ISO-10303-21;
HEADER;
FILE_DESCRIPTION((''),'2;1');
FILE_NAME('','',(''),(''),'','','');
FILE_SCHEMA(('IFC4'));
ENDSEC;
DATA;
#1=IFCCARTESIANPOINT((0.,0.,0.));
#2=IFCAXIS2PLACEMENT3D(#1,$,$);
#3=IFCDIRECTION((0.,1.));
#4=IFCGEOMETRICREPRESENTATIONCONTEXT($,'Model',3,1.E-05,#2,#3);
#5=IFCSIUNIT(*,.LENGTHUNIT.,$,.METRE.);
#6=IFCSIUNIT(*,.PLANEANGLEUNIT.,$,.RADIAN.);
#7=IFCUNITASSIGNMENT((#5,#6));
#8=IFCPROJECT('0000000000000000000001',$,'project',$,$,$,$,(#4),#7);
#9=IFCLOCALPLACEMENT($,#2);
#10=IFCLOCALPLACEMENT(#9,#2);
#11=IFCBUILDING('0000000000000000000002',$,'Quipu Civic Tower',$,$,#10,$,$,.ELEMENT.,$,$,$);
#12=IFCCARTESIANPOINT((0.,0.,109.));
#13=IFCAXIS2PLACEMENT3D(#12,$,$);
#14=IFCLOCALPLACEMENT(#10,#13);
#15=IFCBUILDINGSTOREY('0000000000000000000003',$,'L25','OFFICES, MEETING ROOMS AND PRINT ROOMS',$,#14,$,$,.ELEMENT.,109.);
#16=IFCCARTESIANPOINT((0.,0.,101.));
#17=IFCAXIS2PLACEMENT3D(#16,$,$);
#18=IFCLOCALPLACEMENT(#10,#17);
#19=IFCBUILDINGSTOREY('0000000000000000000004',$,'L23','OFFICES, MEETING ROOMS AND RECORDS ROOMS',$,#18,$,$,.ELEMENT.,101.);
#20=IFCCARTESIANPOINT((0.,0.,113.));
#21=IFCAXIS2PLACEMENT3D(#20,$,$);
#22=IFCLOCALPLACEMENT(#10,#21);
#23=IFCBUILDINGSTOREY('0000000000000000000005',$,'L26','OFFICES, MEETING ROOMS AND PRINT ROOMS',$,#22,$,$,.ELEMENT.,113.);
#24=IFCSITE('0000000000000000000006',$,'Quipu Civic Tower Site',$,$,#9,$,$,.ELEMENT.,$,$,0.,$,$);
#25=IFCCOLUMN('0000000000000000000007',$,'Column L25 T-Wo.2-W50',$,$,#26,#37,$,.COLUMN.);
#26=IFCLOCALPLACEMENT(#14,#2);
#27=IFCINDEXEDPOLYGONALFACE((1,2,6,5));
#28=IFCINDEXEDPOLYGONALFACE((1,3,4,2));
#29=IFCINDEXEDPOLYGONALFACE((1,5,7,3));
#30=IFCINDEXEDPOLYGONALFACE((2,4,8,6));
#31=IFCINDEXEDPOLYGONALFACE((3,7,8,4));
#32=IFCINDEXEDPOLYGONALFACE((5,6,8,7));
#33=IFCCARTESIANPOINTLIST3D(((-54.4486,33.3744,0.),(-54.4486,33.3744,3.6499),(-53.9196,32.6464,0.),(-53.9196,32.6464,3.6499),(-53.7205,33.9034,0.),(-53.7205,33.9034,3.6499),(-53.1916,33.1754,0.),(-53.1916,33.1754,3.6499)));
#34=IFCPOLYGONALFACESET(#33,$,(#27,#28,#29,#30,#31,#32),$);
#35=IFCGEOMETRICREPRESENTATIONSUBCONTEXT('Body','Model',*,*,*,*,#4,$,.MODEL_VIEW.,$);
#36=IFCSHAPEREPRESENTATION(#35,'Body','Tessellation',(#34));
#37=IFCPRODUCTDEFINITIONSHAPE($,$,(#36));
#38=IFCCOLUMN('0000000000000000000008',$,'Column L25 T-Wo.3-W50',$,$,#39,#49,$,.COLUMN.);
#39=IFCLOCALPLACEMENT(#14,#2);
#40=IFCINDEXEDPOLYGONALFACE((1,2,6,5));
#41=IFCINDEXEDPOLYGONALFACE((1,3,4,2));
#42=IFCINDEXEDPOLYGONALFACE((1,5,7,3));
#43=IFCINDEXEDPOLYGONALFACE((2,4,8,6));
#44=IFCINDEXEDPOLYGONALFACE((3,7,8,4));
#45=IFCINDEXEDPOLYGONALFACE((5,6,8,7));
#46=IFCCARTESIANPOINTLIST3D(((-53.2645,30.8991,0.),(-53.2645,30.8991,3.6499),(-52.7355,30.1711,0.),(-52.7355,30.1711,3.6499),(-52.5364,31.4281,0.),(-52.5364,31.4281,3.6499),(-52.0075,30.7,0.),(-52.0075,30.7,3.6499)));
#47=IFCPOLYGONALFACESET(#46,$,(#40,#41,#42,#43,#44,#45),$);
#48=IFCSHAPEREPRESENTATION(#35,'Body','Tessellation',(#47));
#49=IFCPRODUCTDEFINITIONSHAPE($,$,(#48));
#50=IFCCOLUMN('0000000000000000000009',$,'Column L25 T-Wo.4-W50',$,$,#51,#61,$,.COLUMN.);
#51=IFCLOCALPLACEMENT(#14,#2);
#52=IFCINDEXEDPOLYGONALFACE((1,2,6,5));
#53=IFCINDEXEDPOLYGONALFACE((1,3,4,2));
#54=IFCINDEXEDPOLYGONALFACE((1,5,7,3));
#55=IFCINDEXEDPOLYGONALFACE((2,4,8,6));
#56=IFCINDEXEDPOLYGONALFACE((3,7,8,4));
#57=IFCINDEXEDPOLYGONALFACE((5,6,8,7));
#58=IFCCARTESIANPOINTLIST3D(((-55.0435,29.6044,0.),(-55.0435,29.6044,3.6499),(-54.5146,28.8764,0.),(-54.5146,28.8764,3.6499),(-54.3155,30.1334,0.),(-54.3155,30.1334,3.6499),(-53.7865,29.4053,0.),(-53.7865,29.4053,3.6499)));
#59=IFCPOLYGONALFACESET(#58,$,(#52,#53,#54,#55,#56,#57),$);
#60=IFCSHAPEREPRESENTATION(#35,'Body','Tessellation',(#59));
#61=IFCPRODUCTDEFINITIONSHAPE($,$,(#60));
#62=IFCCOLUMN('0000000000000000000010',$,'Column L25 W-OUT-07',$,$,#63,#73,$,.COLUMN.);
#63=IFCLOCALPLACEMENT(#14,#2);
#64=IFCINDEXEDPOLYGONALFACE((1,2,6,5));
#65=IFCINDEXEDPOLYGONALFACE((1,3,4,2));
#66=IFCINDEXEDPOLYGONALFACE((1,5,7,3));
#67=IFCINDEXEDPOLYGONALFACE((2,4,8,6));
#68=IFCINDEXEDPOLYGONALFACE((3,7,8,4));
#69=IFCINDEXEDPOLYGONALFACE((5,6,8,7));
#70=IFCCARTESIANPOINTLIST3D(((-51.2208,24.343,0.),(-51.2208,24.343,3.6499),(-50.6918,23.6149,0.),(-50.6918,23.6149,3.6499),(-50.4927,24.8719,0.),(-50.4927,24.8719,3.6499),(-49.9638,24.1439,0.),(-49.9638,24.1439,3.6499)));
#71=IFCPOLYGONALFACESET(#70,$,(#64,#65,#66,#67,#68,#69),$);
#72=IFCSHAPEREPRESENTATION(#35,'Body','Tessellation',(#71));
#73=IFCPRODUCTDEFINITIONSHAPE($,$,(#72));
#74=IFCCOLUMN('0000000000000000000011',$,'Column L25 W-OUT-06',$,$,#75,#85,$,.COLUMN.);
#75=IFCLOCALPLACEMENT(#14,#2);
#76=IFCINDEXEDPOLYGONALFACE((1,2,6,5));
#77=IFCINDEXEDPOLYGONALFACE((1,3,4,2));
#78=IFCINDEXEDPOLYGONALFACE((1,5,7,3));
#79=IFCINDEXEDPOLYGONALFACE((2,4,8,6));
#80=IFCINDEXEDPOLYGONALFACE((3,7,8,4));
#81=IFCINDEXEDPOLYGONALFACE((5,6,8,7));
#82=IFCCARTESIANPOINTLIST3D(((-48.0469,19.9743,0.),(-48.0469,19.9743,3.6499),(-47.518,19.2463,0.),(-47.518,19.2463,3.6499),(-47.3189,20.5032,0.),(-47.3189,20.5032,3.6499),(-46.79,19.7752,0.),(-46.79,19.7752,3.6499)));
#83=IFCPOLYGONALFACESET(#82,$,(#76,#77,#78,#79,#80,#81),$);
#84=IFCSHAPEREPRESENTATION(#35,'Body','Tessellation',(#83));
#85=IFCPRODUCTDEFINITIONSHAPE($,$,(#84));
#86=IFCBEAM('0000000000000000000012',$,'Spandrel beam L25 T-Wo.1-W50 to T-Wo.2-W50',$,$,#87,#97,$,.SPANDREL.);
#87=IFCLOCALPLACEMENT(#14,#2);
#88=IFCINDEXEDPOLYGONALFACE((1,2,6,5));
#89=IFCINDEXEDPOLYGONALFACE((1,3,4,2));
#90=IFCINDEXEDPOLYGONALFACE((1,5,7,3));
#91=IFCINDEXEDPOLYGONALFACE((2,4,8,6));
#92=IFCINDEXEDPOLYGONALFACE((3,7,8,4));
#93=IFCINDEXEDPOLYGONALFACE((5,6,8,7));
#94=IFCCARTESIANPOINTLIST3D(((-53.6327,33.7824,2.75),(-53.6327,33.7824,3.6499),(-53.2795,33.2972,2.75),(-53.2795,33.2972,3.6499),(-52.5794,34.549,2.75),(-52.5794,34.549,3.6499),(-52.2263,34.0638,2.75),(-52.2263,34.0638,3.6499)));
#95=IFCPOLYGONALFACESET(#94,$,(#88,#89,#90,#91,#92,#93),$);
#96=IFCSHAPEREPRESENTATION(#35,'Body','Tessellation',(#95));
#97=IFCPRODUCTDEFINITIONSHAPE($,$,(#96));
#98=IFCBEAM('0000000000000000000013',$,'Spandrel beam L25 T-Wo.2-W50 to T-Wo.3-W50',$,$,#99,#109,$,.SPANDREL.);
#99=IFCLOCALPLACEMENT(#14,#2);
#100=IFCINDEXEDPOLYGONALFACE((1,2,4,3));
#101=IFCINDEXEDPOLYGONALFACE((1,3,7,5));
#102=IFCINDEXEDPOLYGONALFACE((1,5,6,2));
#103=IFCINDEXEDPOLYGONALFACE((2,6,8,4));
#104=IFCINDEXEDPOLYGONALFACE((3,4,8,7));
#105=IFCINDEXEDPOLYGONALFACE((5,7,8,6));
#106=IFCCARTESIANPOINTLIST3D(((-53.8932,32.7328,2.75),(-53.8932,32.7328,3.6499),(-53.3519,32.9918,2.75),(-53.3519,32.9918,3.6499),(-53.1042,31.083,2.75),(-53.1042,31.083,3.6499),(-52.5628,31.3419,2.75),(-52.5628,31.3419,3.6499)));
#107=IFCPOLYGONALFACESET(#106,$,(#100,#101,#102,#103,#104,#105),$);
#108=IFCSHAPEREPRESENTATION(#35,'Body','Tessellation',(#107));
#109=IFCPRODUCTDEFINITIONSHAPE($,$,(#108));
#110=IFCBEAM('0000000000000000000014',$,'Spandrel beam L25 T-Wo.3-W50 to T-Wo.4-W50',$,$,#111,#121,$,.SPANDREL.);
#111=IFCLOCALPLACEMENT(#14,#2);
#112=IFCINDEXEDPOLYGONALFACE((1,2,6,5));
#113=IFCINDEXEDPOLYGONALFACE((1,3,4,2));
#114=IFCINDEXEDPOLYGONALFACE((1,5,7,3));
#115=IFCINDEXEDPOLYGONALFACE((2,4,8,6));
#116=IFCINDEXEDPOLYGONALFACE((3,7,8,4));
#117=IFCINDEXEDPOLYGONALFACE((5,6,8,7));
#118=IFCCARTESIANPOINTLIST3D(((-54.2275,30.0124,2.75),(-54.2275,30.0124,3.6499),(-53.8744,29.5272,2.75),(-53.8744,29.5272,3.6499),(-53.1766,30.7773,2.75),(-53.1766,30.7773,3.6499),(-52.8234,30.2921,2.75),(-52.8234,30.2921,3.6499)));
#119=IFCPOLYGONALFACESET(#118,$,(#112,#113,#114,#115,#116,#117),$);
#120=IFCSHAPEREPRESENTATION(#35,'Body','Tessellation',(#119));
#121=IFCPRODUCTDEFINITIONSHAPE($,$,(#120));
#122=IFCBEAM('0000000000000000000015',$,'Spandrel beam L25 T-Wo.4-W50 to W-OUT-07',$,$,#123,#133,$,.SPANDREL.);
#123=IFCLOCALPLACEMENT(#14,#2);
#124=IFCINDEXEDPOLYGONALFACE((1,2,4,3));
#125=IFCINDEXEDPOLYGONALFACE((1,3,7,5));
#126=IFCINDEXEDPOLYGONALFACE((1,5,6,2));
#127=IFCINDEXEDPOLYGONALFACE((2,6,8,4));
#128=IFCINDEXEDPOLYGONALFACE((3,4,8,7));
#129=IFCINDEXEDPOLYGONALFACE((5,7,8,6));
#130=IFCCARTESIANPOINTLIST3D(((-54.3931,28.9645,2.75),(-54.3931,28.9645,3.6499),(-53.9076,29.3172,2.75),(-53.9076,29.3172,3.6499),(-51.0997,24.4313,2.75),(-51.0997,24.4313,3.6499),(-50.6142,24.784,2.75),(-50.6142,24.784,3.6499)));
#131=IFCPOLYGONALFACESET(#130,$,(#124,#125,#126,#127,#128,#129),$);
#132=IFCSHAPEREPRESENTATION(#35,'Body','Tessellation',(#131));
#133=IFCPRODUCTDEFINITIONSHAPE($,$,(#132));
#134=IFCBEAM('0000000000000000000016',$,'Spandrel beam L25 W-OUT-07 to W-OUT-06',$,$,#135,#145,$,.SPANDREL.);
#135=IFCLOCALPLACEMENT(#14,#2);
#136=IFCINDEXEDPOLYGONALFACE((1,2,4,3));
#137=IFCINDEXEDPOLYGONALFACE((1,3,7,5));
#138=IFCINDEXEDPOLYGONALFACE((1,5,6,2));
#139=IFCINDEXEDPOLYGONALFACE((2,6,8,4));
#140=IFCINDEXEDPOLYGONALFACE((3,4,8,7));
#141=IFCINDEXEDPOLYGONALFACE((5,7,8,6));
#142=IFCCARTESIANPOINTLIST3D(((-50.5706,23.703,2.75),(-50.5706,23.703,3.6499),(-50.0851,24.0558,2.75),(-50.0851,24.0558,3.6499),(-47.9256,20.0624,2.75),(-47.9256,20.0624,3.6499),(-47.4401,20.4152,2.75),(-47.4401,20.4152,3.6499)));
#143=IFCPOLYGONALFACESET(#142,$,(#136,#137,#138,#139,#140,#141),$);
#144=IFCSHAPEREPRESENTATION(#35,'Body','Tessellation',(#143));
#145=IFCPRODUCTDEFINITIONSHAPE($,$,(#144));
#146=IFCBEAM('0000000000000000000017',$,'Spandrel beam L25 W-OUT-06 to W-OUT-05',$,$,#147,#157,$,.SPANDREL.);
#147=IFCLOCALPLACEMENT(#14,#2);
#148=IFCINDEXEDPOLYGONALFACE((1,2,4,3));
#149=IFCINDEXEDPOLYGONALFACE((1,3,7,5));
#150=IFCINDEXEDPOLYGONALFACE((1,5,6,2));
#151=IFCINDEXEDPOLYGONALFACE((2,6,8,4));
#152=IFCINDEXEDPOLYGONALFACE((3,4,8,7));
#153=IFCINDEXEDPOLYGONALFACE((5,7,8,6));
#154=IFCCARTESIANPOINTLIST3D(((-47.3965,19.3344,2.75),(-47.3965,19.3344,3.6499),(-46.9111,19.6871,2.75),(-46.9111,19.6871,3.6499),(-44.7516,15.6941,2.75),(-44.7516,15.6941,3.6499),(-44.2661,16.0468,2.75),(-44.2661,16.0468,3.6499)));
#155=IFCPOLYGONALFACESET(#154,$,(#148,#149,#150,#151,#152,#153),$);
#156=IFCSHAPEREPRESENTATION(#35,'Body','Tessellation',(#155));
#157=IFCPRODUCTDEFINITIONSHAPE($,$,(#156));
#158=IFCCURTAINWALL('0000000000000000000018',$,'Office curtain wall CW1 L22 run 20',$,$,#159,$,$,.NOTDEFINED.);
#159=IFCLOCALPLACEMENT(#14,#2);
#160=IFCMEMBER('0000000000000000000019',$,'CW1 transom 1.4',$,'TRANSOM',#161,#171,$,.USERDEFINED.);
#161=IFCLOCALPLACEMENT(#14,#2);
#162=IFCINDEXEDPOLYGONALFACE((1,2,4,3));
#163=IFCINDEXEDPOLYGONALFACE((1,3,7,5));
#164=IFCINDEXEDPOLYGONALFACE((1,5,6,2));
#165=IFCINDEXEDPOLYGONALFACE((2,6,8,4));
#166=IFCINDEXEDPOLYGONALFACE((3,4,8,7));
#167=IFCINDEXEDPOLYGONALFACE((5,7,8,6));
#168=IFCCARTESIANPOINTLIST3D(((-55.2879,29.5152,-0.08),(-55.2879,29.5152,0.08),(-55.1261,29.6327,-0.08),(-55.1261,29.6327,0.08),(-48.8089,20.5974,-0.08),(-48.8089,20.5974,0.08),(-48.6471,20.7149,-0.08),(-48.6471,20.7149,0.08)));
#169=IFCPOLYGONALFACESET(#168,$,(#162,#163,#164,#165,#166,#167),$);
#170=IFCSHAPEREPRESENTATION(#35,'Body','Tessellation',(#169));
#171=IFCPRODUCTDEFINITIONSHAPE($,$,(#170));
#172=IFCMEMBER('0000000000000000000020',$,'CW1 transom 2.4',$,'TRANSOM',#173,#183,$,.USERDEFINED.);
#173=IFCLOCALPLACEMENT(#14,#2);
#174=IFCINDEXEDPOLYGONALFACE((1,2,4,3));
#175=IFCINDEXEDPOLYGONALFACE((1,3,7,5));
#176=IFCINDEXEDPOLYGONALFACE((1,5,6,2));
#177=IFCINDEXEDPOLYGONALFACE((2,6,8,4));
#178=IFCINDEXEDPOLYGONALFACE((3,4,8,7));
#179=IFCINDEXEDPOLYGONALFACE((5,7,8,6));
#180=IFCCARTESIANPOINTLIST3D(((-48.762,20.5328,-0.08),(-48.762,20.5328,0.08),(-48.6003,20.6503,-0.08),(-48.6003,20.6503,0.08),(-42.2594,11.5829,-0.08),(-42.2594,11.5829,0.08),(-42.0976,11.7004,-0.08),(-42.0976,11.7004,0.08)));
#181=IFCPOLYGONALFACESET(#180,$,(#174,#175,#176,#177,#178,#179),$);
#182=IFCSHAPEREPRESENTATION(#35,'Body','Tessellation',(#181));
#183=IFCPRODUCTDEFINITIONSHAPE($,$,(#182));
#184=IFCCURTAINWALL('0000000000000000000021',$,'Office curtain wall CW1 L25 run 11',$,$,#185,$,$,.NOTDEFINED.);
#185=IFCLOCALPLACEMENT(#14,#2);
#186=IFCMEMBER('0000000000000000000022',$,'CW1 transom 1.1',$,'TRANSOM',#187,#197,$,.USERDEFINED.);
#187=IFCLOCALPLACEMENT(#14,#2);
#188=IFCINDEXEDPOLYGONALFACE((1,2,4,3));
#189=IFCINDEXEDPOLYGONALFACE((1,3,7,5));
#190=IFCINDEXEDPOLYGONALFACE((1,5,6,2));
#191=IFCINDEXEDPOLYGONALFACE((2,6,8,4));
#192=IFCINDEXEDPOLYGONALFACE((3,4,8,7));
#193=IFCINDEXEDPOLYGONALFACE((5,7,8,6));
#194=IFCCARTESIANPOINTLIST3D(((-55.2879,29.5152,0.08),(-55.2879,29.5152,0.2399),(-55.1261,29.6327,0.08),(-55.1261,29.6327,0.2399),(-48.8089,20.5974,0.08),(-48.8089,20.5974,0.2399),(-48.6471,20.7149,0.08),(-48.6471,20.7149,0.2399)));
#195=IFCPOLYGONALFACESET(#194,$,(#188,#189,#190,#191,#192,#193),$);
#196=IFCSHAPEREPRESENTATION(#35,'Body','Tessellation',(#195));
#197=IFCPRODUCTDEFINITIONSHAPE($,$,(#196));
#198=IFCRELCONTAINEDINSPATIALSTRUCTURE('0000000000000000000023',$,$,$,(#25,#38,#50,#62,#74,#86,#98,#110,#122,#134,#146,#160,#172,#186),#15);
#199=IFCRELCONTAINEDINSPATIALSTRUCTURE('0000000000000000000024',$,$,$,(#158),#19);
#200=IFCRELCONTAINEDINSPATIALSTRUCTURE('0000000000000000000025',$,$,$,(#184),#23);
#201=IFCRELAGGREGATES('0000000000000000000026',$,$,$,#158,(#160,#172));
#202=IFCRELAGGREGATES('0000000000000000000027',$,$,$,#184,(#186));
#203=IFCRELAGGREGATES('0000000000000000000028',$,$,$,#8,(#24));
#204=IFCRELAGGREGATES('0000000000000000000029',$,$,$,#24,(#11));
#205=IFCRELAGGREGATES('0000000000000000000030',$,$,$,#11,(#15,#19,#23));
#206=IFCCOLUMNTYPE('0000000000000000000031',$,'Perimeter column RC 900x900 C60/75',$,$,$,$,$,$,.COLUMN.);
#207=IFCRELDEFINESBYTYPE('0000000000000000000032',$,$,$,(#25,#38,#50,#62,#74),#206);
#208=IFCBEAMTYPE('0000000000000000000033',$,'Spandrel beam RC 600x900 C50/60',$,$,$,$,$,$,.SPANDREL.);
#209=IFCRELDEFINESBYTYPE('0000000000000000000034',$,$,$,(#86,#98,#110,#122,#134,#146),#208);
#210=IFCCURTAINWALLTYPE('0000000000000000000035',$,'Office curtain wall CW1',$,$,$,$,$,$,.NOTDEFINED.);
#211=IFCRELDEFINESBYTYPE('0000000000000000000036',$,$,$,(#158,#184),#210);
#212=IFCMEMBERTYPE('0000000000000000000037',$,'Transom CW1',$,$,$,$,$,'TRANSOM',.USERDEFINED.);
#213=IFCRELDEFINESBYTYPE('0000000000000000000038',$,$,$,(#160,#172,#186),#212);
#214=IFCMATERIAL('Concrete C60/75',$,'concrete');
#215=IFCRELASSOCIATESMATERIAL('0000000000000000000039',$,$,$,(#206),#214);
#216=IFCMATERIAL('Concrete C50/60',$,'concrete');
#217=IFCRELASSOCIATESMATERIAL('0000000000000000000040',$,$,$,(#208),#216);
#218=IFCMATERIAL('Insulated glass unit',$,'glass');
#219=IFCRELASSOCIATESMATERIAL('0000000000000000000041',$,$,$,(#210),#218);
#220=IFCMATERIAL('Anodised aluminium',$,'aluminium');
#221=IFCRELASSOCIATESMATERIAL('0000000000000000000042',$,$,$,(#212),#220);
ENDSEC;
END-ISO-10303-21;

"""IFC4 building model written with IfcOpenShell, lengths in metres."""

from ifc_helpers import new_model, si_unit, direction, frame, origin, origin_2d, place, context, subcontext, project, spatial, rectangle, extrude, material, material_profile, profile_set, type_object, element, aggregate, save


model = new_model("IFC4")

# Units and contexts
model_context = context("Model", 3, precision=1e-05, world=origin(), true_north=direction((0.0, 1.0)))
body_context = subcontext(model_context, "Body", "Model", "MODEL_VIEW")
ifc_project = project(units=[si_unit("LENGTHUNIT", "METRE"), si_unit("PLANEANGLEUNIT", "RADIAN")], contexts=[model_context])

# Site, building, storey
site_placement = place(None, origin())
site = spatial("IfcSite", under=ifc_project, at=site_placement, Name="Quipu Civic Tower Site", CompositionType="ELEMENT", RefElevation=0.0)
building_placement = place(site_placement, origin())
building = spatial("IfcBuilding", under=site, at=building_placement, Name="Quipu Civic Tower", CompositionType="ELEMENT")
storey_1_placement = place(building_placement, frame((0.0, 0.0, 109.0)))
storey_1 = spatial("IfcBuildingStorey", under=building, at=storey_1_placement, Name="L25", Description="OFFICES, MEETING ROOMS AND PRINT ROOMS", CompositionType="ELEMENT", Elevation=109.0)

# Columns
ifc_material_1 = material(Name="Concrete C60/75", Category="concrete")
ifc_material_profile_1 = material_profile(ifc_material_1, rectangle(XDim=0.8999, YDim=0.8999, at=origin_2d()), Name="RC900x900")
ifc_profile_set_1 = profile_set([ifc_material_profile_1], Name="Concrete C60/75")
column_type = type_object("IfcColumnType", Name="Perimeter column RC 900x900 C60/75", PredefinedType="COLUMN", material=ifc_profile_set_1)
for number, where, z_axis, x_axis, name in (
    (1, (-53.8201, 33.2749, 0.0), (0.0, 0.0, 1.0), (0.587785, -0.809017, 0.0), "Column L25 T-Wo.2-W50"),
    (2, (-52.636, 30.7996, 0.0), (0.0, 0.0, 1.0), (-0.809017, -0.587785, 0.0), "Column L25 T-Wo.3-W50"),
    (3, (-54.415, 29.5049, 0.0), (0.0, 0.0, 1.0), (0.587785, -0.809017, 0.0), "Column L25 T-Wo.4-W50"),
    (4, (-50.5923, 24.2434, 0.0), (0.0, 0.0, 1.0), (0.587785, -0.809017, 0.0), "Column L25 W-OUT-07"),
    (5, (-47.4185, 19.8748, 0.0), (0.0, 0.0, 1.0), (0.587785, -0.809017, 0.0), "Column L25 W-OUT-06"),
):
    element("IfcColumn", number, at=place(storey_1_placement, frame(where, z_axis=z_axis, x_axis=x_axis)), inside=storey_1, type_object=column_type, Name=name, PredefinedType="COLUMN", context=body_context, shape_type="SweptSolid", body=[
        extrude(rectangle(XDim=0.8999, YDim=0.8999, at=origin_2d()), origin(), (0.0, 0.0, 1.0), 3.6499),
    ])

# Beams
ifc_material_2 = material(Name="Concrete C50/60", Category="concrete")
ifc_material_profile_2 = material_profile(ifc_material_2, rectangle(XDim=0.6001, YDim=0.8999, at=origin_2d()), Name="RC600x900")
ifc_profile_set_2 = profile_set([ifc_material_profile_2], Name="Concrete C50/60")
beam_type = type_object("IfcBeamType", Name="Spandrel beam RC 600x900 C50/60", PredefinedType="SPANDREL", material=ifc_profile_set_2)
beam_1_placement = place(storey_1_placement, frame((-52.4028, 34.3064, 3.2), z_axis=(-0.808509, -0.588484, 0.0), x_axis=(0.588484, -0.808509, 0.0)))
element("IfcBeam", 6, at=beam_1_placement, inside=storey_1, type_object=beam_type, Name="Spandrel beam L25 T-Wo.1-W50 to T-Wo.2-W50", PredefinedType="SPANDREL", context=body_context, shape_type="SweptSolid", body=[
    extrude(rectangle(XDim=0.6001, YDim=0.8999, at=origin_2d()), origin(), (0.0, 0.0, 1.0), 1.3027),
])
beam_2_placement = place(storey_1_placement, frame((-53.6226, 32.8623, 3.2), z_axis=(0.431446, -0.902139, 0.0), x_axis=(0.902139, 0.431446, 0.0)))
element("IfcBeam", 7, at=beam_2_placement, inside=storey_1, type_object=beam_type, Name="Spandrel beam L25 T-Wo.2-W50 to T-Wo.3-W50", PredefinedType="SPANDREL", context=body_context, shape_type="SweptSolid", body=[
    extrude(rectangle(XDim=0.6001, YDim=0.8999, at=origin_2d()), origin(), (0.0, 0.0, 1.0), 1.8289),
])
beam_3_placement = place(storey_1_placement, frame((-53.0, 30.5347, 3.2), z_axis=(-0.808549, -0.588429, 0.0), x_axis=(0.588429, -0.808549, 0.0)))
element("IfcBeam", 8, at=beam_3_placement, inside=storey_1, type_object=beam_type, Name="Spandrel beam L25 T-Wo.3-W50 to T-Wo.4-W50", PredefinedType="SPANDREL", context=body_context, shape_type="SweptSolid", body=[
    extrude(rectangle(XDim=0.6001, YDim=0.8999, at=origin_2d()), origin(), (0.0, 0.0, 1.0), 1.2998),
])
beam_4_placement = place(storey_1_placement, frame((-54.1504, 29.1409, 3.2), z_axis=(0.587773, -0.809026, 0.0), x_axis=(0.809026, 0.587773, 0.0)))
element("IfcBeam", 9, at=beam_4_placement, inside=storey_1, type_object=beam_type, Name="Spandrel beam L25 T-Wo.4-W50 to W-OUT-07", PredefinedType="SPANDREL", context=body_context, shape_type="SweptSolid", body=[
    extrude(rectangle(XDim=0.6001, YDim=0.8999, at=origin_2d()), origin(), (0.0, 0.0, 1.0), 5.6033),
])
beam_5_placement = place(storey_1_placement, frame((-50.3279, 23.8794, 3.2), z_axis=(0.587778, -0.809022, 0.0), x_axis=(0.809022, 0.587778, 0.0)))
element("IfcBeam", 10, at=beam_5_placement, inside=storey_1, type_object=beam_type, Name="Spandrel beam L25 W-OUT-07 to W-OUT-06", PredefinedType="SPANDREL", context=body_context, shape_type="SweptSolid", body=[
    extrude(rectangle(XDim=0.6001, YDim=0.8999, at=origin_2d()), origin(), (0.0, 0.0, 1.0), 4.5),
])
beam_6_placement = place(storey_1_placement, frame((-47.1538, 19.5107, 3.2), z_axis=(0.587804, -0.809003, 0.0), x_axis=(0.809003, 0.587804, 0.0)))
element("IfcBeam", 11, at=beam_6_placement, inside=storey_1, type_object=beam_type, Name="Spandrel beam L25 W-OUT-06 to W-OUT-05", PredefinedType="SPANDREL", context=body_context, shape_type="SweptSolid", body=[
    extrude(rectangle(XDim=0.6001, YDim=0.8999, at=origin_2d()), origin(), (0.0, 0.0, 1.0), 4.4998),
])

# Shared definitions
storey_2_placement = place(building_placement, frame((0.0, 0.0, 101.0)))
storey_2 = spatial("IfcBuildingStorey", under=building, at=storey_2_placement, Name="L23", Description="OFFICES, MEETING ROOMS AND RECORDS ROOMS", CompositionType="ELEMENT", Elevation=101.0)

# Curtain wall, members
ifc_material_3 = material(Name="Insulated glass unit", Category="glass")
curtain_wall_type = type_object("IfcCurtainWallType", Name="Office curtain wall CW1", PredefinedType="NOTDEFINED", material=ifc_material_3)
curtain_wall_1_placement = place(storey_2_placement, origin())
curtain_wall_1 = element("IfcCurtainWall", 12, at=curtain_wall_1_placement, inside=storey_2, type_object=curtain_wall_type, Name="Office curtain wall CW1 L22 run 20", PredefinedType="NOTDEFINED")
ifc_material_4 = material(Name="Anodised aluminium", Category="aluminium")
ifc_material_profile_3 = material_profile(ifc_material_4, rectangle(XDim=0.2, YDim=0.1599, at=origin_2d()), Name="RECT 200x160")
ifc_profile_set_3 = profile_set([ifc_material_profile_3], Name="Anodised aluminium")
member_type = type_object("IfcMemberType", Name="Transom CW1", ElementType="TRANSOM", PredefinedType="USERDEFINED", material=ifc_profile_set_3)
member_1_placement = place(storey_1_placement, frame((-55.207, 29.574, 0.0), z_axis=(0.587779, -0.809021, 0.0), x_axis=(0.809021, 0.587779, 0.0)))
member_1 = element("IfcMember", 13, at=member_1_placement, inside=storey_1, type_object=member_type, Name="CW1 transom 1.4", ObjectType="TRANSOM", PredefinedType="USERDEFINED", context=body_context, shape_type="SweptSolid", body=[
    extrude(rectangle(XDim=0.2, YDim=0.1599, at=origin_2d()), origin(), (0.0, 0.0, 1.0), 11.0229),
])
member_2_placement = place(storey_1_placement, frame((-48.6812, 20.5916, 0.0), z_axis=(0.587795, -0.80901, 0.0), x_axis=(0.80901, 0.587795, 0.0)))
member_2 = element("IfcMember", 14, at=member_2_placement, inside=storey_1, type_object=member_type, Name="CW1 transom 2.4", ObjectType="TRANSOM", PredefinedType="USERDEFINED", context=body_context, shape_type="SweptSolid", body=[
    extrude(rectangle(XDim=0.2, YDim=0.1599, at=origin_2d()), origin(), (0.0, 0.0, 1.0), 11.0627),
])
aggregate(curtain_wall_1, [member_1, member_2])

# Shared definitions
storey_3_placement = place(building_placement, frame((0.0, 0.0, 113.0)))
storey_3 = spatial("IfcBuildingStorey", under=building, at=storey_3_placement, Name="L26", Description="OFFICES, MEETING ROOMS AND PRINT ROOMS", CompositionType="ELEMENT", Elevation=113.0)

# Curtain wall, member
curtain_wall_2_placement = place(storey_3_placement, origin())
curtain_wall_2 = element("IfcCurtainWall", 15, at=curtain_wall_2_placement, inside=storey_3, type_object=curtain_wall_type, Name="Office curtain wall CW1 L25 run 11", PredefinedType="NOTDEFINED")
member_3_placement = place(storey_1_placement, frame((-55.207, 29.574, 0.1599), z_axis=(0.587779, -0.809021, 0.0), x_axis=(0.809021, 0.587779, 0.0)))
member_3 = element("IfcMember", 16, at=member_3_placement, inside=storey_1, type_object=member_type, Name="CW1 transom 1.1", ObjectType="TRANSOM", PredefinedType="USERDEFINED", context=body_context, shape_type="SweptSolid", body=[
    extrude(rectangle(XDim=0.2, YDim=0.1599, at=origin_2d()), origin(), (0.0, 0.0, 1.0), 11.0229),
])
aggregate(curtain_wall_2, [member_3])

save(model, "model.ifc")
